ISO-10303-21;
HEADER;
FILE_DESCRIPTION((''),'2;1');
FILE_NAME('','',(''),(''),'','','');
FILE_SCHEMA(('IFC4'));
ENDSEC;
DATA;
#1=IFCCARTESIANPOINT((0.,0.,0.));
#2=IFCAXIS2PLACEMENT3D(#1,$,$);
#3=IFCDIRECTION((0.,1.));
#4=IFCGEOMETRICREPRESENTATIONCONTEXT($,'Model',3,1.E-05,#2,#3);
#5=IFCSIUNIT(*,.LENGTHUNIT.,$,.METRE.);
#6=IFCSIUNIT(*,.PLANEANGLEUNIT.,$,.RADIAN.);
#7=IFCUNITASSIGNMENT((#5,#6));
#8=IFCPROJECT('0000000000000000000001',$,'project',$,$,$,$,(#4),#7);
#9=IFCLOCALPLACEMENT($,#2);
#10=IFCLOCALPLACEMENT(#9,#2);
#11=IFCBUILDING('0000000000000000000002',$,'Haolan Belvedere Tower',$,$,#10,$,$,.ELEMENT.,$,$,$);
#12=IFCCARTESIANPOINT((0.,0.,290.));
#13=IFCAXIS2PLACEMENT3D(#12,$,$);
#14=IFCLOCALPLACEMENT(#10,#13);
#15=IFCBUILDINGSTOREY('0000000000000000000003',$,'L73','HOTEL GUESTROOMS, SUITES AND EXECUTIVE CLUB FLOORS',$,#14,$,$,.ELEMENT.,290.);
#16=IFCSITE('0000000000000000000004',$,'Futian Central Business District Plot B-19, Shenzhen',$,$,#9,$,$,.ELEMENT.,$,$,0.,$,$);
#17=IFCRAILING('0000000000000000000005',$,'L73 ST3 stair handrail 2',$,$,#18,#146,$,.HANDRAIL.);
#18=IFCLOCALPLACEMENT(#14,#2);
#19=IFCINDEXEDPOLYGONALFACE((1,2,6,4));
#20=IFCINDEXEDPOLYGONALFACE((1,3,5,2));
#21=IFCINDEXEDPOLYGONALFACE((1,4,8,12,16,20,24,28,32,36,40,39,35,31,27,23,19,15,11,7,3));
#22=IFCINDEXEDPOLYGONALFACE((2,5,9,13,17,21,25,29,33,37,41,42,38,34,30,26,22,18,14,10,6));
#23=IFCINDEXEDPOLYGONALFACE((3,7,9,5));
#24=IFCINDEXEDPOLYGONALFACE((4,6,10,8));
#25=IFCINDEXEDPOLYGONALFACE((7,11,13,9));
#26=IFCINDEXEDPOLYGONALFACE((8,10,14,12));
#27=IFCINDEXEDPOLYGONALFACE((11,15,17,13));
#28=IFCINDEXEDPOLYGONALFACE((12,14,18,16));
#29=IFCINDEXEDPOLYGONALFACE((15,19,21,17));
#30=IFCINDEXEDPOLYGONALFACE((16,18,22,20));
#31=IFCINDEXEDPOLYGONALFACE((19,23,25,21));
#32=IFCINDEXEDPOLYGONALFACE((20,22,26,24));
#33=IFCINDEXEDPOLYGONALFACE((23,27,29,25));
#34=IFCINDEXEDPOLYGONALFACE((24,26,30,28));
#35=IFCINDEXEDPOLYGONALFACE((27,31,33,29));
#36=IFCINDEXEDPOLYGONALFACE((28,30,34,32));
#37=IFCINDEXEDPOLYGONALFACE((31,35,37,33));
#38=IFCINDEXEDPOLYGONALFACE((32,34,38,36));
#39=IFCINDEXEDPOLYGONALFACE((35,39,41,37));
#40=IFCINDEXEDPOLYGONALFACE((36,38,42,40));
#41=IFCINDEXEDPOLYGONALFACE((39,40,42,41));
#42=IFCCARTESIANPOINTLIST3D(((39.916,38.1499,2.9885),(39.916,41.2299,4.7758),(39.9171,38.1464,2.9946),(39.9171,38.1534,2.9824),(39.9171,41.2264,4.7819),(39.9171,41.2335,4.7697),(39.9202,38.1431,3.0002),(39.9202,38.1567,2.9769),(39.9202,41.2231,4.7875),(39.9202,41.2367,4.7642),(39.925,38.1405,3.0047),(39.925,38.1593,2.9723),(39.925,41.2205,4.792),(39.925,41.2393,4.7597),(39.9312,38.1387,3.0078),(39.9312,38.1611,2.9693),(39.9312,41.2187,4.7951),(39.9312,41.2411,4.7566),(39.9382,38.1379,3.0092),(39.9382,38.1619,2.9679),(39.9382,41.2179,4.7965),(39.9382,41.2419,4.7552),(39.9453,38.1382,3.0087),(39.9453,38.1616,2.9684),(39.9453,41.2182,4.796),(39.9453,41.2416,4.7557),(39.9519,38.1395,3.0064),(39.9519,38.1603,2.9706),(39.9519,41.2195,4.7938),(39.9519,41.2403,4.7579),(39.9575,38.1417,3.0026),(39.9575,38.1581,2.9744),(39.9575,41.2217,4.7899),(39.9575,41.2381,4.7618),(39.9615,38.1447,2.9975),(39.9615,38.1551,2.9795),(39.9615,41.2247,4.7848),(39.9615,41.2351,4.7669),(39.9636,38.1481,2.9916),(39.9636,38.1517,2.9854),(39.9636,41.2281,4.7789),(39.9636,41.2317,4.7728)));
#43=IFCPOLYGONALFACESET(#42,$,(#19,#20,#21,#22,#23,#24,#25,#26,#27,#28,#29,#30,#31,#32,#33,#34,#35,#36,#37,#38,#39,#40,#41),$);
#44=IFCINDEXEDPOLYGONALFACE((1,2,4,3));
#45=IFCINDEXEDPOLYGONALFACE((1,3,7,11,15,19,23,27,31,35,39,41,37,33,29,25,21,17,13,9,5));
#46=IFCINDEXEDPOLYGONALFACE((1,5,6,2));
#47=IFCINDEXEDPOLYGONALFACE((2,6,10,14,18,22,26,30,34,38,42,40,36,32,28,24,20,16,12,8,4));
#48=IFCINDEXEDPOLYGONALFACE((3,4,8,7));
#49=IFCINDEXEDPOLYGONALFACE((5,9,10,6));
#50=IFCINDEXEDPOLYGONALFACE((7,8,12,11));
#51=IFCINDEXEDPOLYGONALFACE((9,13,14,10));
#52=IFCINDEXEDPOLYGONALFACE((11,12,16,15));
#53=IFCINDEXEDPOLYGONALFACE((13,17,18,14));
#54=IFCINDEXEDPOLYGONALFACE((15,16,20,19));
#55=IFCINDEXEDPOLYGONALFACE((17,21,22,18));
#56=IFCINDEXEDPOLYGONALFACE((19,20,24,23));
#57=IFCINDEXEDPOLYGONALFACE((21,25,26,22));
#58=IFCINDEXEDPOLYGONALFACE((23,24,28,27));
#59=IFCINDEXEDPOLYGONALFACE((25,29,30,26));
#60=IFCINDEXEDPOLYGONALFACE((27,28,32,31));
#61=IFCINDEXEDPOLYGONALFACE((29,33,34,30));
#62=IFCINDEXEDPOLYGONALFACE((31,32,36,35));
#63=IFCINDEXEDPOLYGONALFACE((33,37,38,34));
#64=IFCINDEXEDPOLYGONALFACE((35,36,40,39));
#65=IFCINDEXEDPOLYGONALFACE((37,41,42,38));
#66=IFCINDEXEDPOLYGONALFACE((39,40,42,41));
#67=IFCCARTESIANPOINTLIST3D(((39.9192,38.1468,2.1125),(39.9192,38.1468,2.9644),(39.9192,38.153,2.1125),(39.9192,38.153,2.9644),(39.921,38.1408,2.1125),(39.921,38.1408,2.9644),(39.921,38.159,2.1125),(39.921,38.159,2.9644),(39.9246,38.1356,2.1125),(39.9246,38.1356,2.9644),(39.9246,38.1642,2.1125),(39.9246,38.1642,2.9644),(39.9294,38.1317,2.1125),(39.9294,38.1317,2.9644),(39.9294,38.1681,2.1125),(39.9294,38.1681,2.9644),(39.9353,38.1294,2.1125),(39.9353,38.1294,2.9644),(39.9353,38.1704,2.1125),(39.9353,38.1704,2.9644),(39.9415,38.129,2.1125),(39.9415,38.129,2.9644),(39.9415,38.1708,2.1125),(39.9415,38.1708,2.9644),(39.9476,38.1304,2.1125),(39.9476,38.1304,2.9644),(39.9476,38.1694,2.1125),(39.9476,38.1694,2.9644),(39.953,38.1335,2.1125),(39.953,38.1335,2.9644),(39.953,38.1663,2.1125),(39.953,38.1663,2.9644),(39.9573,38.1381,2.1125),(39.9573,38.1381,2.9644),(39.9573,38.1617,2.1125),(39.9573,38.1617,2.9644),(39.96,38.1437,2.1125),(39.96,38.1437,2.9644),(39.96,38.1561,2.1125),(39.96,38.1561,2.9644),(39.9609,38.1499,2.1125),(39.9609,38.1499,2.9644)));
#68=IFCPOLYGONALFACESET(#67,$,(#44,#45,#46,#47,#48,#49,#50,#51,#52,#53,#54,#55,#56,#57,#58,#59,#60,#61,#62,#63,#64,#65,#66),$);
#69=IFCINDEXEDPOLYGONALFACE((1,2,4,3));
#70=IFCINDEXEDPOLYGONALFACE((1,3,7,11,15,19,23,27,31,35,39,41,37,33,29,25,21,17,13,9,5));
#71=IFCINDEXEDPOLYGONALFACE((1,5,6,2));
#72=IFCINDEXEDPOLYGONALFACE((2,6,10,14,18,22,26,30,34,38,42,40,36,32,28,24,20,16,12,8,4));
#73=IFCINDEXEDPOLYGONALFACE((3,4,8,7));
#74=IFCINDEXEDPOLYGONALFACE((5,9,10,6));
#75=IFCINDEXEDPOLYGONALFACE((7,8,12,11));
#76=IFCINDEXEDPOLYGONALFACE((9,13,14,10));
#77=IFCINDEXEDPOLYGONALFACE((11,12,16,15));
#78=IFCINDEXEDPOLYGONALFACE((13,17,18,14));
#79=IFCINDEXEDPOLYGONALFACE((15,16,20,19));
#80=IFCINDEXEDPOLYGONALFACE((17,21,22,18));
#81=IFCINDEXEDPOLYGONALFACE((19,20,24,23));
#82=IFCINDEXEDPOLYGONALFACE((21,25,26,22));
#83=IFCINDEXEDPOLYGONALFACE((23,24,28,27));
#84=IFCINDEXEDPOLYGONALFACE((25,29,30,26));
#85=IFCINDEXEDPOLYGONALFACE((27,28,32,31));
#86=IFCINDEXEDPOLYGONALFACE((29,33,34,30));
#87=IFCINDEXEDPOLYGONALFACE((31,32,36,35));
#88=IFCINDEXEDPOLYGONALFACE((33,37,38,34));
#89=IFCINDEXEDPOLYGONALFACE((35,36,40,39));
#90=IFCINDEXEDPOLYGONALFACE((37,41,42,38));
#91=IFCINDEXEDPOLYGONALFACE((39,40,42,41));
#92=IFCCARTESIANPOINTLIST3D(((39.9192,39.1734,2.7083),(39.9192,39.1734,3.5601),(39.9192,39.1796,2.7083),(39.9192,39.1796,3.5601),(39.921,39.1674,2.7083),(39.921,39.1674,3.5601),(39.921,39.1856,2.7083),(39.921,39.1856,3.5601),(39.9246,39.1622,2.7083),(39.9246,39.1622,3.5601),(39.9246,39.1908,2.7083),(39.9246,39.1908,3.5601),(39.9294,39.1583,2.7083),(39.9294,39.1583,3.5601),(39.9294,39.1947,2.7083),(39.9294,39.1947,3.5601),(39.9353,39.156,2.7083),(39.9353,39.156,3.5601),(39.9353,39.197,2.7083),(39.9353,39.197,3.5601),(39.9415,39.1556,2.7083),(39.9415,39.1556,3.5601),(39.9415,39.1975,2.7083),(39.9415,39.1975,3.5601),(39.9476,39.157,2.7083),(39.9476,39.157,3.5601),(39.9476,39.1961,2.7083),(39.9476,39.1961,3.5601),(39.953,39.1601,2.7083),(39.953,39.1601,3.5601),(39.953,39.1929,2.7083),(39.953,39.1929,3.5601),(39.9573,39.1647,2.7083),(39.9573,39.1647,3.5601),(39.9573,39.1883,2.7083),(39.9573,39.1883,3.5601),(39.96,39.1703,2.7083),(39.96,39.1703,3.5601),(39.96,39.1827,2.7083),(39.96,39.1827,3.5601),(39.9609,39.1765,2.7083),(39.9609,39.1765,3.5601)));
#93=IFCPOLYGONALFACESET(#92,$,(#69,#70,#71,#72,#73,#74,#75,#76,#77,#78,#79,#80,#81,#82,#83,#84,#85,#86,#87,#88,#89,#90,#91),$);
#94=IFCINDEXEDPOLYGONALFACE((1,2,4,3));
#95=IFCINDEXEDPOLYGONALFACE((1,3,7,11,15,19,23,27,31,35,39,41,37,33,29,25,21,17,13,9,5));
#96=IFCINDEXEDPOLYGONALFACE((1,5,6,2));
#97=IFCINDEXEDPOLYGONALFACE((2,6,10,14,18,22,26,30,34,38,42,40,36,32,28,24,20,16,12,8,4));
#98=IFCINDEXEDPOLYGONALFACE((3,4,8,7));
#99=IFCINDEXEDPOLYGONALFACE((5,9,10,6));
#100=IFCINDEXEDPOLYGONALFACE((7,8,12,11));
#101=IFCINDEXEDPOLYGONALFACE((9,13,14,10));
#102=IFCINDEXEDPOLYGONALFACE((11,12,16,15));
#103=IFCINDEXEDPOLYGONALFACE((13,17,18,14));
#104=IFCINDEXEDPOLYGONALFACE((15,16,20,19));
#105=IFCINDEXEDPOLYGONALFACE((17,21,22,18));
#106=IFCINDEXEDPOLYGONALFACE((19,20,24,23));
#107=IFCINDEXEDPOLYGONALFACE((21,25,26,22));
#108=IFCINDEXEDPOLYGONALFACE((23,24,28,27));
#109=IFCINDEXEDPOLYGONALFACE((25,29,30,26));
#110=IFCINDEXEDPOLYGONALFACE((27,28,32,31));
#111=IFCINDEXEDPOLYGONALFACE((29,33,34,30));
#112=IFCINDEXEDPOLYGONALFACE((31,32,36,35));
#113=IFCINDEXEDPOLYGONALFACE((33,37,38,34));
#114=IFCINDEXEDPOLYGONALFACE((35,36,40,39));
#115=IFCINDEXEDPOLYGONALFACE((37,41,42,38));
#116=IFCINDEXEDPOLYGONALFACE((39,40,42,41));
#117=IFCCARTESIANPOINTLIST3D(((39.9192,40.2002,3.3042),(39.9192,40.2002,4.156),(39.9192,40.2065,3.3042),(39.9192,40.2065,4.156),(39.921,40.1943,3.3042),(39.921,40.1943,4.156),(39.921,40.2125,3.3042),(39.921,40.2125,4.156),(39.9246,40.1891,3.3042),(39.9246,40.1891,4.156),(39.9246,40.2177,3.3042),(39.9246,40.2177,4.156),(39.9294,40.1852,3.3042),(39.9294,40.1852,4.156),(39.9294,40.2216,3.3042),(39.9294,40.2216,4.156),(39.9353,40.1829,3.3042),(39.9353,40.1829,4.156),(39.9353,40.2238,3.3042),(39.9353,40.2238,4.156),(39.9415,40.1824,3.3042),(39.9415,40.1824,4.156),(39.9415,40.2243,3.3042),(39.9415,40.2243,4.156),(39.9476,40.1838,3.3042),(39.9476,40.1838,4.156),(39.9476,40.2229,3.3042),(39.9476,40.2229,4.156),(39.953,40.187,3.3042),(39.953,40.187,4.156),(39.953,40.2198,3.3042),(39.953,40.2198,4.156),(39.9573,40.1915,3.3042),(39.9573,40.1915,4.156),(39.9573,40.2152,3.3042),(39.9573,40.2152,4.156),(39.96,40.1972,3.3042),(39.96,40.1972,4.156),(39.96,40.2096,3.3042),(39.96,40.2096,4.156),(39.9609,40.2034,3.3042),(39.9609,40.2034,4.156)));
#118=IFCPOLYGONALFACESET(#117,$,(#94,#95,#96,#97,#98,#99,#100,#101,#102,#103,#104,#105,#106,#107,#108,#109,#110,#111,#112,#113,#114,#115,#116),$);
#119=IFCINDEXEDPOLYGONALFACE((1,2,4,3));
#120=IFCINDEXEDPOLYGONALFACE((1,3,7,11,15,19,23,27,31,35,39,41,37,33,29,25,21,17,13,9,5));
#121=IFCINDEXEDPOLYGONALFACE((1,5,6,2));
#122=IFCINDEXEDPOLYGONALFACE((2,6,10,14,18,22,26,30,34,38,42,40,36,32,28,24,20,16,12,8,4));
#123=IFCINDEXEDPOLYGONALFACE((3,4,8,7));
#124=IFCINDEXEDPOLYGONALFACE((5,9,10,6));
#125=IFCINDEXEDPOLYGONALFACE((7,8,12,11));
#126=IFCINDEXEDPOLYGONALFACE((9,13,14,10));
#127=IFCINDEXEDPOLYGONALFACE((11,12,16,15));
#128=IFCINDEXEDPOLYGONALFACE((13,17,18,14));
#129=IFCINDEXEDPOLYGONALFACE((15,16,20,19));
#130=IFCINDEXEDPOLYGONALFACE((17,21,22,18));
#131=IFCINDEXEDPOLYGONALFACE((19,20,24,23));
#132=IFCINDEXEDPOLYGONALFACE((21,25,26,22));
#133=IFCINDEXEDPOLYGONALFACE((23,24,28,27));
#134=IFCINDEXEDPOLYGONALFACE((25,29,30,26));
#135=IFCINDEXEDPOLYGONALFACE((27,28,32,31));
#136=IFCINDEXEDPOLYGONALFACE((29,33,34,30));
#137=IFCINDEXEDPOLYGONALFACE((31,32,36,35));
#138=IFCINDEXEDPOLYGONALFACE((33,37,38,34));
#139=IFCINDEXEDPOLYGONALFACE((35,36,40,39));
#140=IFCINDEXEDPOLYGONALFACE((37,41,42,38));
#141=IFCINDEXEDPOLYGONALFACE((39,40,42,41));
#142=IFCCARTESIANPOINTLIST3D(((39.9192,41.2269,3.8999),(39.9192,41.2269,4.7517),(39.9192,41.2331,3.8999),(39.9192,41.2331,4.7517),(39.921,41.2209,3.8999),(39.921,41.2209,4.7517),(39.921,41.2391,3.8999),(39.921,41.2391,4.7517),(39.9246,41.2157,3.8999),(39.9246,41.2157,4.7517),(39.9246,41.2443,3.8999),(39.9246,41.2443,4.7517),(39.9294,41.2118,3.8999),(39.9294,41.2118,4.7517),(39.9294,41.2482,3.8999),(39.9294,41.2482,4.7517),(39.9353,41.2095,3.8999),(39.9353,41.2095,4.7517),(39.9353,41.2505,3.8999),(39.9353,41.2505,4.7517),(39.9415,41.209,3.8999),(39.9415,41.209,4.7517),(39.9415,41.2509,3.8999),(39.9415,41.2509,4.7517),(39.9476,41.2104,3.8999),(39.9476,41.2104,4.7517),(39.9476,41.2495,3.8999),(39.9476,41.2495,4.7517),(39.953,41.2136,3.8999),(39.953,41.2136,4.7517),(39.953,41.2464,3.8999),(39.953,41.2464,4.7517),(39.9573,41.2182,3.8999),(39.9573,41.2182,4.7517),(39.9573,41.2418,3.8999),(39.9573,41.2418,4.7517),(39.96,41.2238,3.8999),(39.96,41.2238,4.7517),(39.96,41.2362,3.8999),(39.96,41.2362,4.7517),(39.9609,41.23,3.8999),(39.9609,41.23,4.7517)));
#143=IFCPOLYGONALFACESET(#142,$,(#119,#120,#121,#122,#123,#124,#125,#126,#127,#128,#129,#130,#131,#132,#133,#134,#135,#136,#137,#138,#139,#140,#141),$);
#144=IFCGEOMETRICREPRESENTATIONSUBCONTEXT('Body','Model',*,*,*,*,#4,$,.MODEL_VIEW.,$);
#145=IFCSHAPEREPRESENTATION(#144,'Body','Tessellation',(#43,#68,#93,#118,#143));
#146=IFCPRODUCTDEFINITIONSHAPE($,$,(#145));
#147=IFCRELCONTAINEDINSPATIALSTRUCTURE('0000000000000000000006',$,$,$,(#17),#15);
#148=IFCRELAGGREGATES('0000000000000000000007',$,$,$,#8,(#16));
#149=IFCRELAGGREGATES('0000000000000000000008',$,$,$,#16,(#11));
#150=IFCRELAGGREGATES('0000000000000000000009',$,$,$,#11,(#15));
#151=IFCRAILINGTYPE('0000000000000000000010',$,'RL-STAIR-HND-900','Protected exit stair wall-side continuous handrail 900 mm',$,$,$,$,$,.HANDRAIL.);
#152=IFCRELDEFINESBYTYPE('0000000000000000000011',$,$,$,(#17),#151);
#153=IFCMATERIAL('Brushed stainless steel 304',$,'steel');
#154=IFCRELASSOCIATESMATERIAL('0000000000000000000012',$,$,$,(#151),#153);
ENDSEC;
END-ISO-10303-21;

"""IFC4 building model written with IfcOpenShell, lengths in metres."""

from ifc_helpers import new_model, si_unit, direction, frame, origin, origin_2d, place, context, subcontext, project, spatial, circle, extrude, material, type_object, element, save


model = new_model("IFC4")

# Units and contexts
model_context = context("Model", 3, precision=1e-05, world=origin(), true_north=direction((0.0, 1.0)))
body_context = subcontext(model_context, "Body", "Model", "MODEL_VIEW")
ifc_project = project(units=[si_unit("LENGTHUNIT", "METRE"), si_unit("PLANEANGLEUNIT", "RADIAN")], contexts=[model_context])

# Site, building, storey
site_placement = place(None, origin())
site = spatial("IfcSite", under=ifc_project, at=site_placement, Name="Futian Central Business District Plot B-19, Shenzhen", CompositionType="ELEMENT", RefElevation=0.0)
building_placement = place(site_placement, origin())
building = spatial("IfcBuilding", under=site, at=building_placement, Name="Haolan Belvedere Tower", CompositionType="ELEMENT")
storey_placement = place(building_placement, frame((0.0, 0.0, 290.0)))
storey = spatial("IfcBuildingStorey", under=building, at=storey_placement, Name="L73", Description="HOTEL GUESTROOMS, SUITES AND EXECUTIVE CLUB FLOORS", CompositionType="ELEMENT", Elevation=290.0)

# Railing
ifc_material_1 = material(Name="Brushed stainless steel 304", Category="steel")
railing_type_1 = type_object("IfcRailingType", Name="RL-STAIR-HND-900", Description="Protected exit stair wall-side continuous handrail 900 mm", PredefinedType="HANDRAIL", material=ifc_material_1)
for number, where, name in (
    (1, (39.9399, 38.1499, 2.1125), "L73 ST3 stair handrail 2"),
):
    element("IfcRailing", number, at=place(storey_placement, frame(where)), inside=storey, type_object=railing_type_1, Name=name, PredefinedType="HANDRAIL", context=body_context, shape_type="SweptSolid", body=[
        extrude(circle(Radius=0.0239, at=origin_2d()), frame((0.0, 0.0, 0.876), z_axis=(0.0, 0.86492, 0.501909), x_axis=(-1.0, 0.0, 0.0)), (0.0, 0.0, 1.0), 3.561),
        extrude(circle(Radius=0.021, at=origin_2d()), origin(), (0.0, 0.0, 1.0), 0.8518),
        extrude(circle(Radius=0.021, at=origin_2d()), frame((0.0, 1.0266, 0.5957)), (0.0, 0.0, 1.0), 0.8518),
        extrude(circle(Radius=0.021, at=origin_2d()), frame((0.0, 2.0535, 1.1917)), (0.0, 0.0, 1.0), 0.8518),
        extrude(circle(Radius=0.021, at=origin_2d()), frame((0.0, 3.0801, 1.7874)), (0.0, 0.0, 1.0), 0.8518),
    ])

save(model, "model.ifc")
